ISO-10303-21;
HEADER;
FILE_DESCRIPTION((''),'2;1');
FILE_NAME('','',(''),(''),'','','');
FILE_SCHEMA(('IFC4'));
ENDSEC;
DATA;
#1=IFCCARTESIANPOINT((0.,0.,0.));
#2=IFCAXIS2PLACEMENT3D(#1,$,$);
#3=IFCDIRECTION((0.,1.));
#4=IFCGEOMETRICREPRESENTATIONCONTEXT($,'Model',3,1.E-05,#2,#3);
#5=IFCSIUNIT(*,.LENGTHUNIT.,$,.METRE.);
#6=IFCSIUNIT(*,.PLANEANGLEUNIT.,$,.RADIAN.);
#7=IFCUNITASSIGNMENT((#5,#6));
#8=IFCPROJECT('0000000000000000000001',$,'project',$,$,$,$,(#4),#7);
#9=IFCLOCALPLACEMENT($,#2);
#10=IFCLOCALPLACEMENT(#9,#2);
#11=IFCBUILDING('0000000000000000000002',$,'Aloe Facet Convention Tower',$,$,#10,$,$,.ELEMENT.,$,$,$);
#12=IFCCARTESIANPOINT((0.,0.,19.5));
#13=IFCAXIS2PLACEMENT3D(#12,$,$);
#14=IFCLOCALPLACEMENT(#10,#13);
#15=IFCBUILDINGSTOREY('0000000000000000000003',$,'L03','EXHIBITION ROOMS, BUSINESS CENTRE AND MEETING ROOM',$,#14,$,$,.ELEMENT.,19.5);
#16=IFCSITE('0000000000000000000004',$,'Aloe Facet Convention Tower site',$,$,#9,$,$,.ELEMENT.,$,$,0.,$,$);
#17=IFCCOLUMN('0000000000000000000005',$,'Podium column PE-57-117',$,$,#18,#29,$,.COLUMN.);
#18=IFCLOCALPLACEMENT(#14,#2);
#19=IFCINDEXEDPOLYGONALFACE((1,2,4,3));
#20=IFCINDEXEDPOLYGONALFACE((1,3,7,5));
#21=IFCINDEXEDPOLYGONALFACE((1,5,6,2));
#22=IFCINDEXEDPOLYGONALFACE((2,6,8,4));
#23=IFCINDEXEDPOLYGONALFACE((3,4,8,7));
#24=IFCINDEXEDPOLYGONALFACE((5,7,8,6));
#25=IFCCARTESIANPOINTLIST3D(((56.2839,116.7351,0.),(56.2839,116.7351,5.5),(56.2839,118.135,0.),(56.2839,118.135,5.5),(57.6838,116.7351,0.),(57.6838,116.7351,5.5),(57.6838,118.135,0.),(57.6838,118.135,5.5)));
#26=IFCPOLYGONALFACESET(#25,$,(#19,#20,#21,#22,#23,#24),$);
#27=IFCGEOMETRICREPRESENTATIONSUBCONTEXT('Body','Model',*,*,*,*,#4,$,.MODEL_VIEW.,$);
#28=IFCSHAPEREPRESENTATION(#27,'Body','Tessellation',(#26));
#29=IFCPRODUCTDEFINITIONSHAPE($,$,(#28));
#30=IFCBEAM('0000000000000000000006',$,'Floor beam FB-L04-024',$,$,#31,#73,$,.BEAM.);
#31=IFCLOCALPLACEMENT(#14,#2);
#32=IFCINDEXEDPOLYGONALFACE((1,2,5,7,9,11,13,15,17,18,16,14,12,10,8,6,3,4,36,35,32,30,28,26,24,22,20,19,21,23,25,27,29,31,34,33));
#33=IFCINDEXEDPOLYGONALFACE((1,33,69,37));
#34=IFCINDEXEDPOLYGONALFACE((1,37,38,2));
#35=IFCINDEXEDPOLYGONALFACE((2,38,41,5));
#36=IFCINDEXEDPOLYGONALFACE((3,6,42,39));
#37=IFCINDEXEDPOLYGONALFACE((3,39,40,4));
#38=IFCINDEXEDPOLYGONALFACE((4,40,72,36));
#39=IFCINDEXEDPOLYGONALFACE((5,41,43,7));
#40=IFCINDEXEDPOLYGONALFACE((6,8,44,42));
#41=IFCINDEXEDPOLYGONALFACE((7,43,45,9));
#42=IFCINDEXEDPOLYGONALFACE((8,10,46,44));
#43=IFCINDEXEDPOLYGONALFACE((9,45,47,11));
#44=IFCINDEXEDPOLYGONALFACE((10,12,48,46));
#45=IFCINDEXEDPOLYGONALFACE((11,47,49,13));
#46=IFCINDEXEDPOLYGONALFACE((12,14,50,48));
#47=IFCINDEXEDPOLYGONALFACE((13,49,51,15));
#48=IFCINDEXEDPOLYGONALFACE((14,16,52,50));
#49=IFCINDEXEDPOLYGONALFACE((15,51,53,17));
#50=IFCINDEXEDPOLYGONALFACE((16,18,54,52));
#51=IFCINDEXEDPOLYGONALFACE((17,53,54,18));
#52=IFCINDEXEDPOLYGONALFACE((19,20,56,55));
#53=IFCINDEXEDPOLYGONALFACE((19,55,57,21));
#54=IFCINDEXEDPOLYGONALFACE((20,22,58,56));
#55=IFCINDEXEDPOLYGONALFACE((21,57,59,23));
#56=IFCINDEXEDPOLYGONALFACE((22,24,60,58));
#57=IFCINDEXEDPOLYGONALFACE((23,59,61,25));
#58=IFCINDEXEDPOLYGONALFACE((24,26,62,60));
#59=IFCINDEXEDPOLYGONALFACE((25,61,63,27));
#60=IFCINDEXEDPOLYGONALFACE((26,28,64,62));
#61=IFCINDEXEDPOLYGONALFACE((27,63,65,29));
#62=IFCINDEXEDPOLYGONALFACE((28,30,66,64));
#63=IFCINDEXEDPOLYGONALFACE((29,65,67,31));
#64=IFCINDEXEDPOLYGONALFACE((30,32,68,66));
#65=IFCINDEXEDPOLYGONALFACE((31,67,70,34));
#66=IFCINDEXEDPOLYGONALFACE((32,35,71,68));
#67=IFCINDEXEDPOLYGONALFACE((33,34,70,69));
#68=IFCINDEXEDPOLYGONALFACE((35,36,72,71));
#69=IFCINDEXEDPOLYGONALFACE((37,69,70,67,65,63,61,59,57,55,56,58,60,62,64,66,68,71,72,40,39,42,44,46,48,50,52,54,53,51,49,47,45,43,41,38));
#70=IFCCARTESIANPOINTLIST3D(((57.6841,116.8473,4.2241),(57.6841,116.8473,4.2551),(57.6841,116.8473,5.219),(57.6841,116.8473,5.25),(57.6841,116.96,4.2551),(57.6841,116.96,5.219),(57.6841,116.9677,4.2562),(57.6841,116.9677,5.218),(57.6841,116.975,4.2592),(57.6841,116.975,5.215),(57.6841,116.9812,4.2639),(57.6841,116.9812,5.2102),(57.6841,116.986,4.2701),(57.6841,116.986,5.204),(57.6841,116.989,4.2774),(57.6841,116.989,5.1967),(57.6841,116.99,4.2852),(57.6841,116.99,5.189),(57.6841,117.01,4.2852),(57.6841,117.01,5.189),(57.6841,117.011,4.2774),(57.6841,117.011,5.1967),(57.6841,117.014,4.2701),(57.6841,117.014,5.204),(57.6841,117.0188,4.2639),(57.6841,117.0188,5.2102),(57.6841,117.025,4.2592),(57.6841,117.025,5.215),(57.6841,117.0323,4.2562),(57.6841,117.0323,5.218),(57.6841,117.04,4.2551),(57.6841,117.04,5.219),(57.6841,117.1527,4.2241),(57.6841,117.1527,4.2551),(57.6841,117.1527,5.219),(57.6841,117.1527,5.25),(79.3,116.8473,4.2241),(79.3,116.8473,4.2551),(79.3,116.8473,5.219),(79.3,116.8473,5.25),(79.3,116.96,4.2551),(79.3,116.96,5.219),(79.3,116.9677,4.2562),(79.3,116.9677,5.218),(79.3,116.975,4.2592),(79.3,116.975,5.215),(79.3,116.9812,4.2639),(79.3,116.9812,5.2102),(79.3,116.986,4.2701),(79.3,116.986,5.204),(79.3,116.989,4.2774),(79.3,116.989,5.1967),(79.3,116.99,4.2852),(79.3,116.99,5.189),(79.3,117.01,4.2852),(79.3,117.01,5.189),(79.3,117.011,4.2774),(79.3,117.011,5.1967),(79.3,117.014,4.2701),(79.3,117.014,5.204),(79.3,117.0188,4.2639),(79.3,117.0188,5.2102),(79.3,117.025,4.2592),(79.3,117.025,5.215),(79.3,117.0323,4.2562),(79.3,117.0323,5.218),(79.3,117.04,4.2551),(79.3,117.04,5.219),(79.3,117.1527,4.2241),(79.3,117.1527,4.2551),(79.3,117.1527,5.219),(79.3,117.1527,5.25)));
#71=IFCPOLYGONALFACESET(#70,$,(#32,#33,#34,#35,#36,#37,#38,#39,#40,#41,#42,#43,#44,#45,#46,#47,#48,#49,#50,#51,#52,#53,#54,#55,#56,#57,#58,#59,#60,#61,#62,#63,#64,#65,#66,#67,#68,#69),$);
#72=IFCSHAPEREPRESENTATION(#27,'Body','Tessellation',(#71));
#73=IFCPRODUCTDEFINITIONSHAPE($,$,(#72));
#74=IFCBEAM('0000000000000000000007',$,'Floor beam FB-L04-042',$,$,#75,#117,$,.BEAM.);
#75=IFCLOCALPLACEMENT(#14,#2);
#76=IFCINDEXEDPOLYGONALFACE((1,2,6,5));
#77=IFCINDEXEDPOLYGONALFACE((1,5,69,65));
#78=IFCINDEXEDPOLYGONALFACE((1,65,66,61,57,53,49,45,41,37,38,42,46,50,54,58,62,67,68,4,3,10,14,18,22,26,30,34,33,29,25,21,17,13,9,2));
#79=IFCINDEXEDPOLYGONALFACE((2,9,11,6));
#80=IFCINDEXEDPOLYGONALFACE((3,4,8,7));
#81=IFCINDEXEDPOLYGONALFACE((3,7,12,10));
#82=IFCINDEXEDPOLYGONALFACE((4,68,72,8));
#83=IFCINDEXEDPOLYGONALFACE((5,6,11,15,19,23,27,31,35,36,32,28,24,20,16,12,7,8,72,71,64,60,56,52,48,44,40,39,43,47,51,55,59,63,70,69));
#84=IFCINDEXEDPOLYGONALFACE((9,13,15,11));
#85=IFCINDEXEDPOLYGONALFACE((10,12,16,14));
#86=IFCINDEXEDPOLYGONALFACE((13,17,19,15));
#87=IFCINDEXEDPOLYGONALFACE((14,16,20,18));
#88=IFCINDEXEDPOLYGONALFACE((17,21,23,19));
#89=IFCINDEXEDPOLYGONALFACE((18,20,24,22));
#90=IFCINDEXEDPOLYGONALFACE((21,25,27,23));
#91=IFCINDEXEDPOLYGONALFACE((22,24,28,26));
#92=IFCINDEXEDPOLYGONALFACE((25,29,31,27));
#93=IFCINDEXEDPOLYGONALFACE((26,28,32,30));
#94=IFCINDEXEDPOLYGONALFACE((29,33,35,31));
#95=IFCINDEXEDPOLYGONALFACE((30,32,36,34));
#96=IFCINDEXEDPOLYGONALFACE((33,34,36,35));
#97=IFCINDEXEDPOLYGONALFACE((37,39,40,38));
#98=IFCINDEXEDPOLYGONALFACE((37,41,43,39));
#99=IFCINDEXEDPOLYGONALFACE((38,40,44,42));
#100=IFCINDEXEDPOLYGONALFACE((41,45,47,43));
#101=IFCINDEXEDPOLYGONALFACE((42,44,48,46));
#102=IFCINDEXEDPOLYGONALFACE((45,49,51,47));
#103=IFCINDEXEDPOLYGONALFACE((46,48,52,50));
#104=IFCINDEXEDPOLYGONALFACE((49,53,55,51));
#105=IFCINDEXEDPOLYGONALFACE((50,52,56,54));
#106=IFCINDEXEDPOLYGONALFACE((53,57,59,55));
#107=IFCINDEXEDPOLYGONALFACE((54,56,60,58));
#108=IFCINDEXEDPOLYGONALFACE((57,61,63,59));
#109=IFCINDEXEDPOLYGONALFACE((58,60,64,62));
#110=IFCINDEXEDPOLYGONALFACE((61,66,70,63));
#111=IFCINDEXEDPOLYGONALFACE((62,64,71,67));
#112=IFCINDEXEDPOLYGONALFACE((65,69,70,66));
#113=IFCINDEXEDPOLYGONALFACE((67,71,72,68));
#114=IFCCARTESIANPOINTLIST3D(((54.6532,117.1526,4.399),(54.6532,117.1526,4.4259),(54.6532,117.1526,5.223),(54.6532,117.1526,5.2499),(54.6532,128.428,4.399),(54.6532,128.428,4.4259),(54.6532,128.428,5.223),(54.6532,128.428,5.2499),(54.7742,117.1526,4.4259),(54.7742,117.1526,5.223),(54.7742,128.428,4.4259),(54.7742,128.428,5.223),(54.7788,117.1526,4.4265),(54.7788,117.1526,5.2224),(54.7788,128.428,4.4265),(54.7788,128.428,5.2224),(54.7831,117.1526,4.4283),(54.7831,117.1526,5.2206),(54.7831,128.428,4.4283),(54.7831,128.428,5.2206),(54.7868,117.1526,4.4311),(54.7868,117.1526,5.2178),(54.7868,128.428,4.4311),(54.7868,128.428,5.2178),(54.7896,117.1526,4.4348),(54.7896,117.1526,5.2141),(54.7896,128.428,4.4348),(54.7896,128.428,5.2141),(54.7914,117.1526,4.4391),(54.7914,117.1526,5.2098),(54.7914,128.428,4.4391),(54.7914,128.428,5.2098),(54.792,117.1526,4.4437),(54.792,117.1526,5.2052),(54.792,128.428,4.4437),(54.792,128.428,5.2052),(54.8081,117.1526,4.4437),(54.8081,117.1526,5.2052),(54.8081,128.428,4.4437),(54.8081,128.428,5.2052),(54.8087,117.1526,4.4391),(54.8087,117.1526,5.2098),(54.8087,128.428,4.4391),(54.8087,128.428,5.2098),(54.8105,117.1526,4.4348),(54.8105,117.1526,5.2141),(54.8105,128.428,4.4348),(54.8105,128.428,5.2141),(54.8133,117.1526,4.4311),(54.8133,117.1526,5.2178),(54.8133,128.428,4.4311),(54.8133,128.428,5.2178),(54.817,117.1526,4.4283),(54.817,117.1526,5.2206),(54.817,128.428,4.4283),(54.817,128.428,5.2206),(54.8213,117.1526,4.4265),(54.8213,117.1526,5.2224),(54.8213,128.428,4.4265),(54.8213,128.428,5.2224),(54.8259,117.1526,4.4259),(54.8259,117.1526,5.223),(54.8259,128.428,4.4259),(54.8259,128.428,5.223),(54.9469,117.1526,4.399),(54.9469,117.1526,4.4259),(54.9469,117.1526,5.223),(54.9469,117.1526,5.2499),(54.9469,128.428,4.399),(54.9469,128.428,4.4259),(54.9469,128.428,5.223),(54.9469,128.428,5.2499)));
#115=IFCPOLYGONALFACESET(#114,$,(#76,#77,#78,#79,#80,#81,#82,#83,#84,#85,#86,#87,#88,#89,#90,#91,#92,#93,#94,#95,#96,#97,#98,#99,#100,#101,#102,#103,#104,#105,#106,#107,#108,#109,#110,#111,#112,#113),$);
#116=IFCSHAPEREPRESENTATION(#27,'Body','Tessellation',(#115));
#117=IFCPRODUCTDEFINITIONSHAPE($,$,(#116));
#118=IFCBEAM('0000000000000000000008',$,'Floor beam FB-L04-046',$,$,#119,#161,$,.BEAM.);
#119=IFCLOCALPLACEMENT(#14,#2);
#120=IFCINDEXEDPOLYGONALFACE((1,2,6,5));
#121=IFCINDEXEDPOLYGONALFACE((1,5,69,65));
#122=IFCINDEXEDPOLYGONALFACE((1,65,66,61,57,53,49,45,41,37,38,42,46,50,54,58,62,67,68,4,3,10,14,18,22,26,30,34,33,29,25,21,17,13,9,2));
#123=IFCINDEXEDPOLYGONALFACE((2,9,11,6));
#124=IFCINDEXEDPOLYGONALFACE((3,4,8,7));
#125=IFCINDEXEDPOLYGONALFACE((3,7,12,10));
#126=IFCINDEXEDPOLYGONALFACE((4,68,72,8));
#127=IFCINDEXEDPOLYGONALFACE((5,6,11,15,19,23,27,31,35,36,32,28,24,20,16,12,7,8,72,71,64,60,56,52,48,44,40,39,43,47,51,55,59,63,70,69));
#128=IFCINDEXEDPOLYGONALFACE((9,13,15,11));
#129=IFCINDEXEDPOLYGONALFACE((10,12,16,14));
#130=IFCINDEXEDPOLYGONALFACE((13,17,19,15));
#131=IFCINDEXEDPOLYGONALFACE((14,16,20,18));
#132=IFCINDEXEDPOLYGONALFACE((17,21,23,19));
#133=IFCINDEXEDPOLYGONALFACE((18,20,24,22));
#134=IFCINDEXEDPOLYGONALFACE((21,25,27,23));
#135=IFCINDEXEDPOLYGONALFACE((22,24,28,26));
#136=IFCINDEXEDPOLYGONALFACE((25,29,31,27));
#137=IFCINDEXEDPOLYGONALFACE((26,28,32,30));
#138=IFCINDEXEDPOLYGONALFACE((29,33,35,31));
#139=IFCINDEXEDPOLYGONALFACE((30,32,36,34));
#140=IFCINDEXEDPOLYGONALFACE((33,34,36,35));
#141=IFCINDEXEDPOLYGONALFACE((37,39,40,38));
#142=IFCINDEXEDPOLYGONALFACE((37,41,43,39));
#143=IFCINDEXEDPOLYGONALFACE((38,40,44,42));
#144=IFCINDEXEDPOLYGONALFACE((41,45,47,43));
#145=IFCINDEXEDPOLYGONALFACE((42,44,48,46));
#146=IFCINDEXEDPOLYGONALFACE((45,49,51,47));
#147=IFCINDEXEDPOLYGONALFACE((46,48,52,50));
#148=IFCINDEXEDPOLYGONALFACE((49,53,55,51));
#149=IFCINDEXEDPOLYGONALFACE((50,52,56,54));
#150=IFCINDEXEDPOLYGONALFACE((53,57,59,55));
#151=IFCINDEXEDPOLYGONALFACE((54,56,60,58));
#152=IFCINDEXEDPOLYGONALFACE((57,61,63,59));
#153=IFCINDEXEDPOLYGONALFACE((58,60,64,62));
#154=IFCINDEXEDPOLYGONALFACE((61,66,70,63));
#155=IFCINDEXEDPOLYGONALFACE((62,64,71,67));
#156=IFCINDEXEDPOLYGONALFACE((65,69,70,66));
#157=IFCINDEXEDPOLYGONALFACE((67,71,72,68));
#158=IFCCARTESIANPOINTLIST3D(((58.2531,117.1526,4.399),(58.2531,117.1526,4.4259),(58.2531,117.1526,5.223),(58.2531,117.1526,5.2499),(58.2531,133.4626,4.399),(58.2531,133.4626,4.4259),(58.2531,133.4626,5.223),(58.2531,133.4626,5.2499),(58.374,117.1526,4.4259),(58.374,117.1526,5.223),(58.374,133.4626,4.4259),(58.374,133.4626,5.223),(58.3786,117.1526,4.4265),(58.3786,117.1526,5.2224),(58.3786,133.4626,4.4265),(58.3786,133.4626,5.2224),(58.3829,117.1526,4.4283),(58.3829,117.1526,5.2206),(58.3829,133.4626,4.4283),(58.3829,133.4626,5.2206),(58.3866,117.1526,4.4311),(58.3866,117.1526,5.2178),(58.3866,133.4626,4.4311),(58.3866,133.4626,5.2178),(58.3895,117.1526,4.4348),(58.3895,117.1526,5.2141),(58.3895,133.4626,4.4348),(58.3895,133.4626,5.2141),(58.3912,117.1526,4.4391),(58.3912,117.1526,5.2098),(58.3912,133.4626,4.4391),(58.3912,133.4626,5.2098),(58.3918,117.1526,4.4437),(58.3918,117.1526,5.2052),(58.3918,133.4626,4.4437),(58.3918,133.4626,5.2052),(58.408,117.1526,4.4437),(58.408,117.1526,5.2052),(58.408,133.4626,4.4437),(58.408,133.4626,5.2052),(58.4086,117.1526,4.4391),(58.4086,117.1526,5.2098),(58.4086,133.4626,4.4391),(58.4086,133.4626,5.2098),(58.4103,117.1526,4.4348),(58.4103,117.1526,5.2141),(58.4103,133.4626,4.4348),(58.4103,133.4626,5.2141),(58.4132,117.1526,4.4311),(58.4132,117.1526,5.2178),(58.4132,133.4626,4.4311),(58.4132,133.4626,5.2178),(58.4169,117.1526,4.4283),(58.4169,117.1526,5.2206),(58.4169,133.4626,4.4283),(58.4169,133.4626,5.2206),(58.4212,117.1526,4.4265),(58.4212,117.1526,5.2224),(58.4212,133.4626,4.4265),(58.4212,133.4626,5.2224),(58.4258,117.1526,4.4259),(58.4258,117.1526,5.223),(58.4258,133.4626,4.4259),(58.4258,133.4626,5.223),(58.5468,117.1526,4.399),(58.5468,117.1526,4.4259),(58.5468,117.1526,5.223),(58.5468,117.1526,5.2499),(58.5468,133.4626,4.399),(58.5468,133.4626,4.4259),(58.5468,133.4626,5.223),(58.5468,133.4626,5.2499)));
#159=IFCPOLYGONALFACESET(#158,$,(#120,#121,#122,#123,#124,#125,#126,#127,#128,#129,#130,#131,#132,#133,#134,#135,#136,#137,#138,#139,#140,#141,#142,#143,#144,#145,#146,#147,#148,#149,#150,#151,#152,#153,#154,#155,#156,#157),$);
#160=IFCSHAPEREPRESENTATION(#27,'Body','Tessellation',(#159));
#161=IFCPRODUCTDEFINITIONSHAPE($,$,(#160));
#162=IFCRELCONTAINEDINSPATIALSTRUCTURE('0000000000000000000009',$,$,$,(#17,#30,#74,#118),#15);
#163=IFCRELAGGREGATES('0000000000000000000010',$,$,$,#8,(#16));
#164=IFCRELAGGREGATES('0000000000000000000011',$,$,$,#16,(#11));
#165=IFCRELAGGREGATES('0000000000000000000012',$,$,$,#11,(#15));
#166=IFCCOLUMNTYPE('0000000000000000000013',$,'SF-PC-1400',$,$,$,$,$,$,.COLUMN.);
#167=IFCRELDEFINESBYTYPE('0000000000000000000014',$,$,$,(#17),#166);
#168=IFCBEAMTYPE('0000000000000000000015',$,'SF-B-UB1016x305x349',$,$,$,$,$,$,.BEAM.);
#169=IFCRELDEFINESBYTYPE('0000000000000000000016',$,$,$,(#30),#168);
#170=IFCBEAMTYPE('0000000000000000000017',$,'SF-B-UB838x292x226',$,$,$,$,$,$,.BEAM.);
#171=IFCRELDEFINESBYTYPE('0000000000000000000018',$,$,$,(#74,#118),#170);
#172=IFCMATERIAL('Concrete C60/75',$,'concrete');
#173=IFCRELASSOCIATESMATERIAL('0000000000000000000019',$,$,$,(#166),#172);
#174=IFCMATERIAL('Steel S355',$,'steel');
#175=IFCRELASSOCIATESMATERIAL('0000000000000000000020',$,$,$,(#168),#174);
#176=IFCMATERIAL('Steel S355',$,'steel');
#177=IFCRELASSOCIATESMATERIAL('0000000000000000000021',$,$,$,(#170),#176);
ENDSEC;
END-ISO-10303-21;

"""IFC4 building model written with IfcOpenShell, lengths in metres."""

from ifc_helpers import new_model, si_unit, direction, frame, origin, origin_2d, place, context, subcontext, project, spatial, rectangle, i_section, extrude, material, material_profile, profile_set, type_object, element, save


model = new_model("IFC4")

# Units and contexts
model_context = context("Model", 3, precision=1e-05, world=origin(), true_north=direction((0.0, 1.0)))
body_context = subcontext(model_context, "Body", "Model", "MODEL_VIEW")
ifc_project = project(units=[si_unit("LENGTHUNIT", "METRE"), si_unit("PLANEANGLEUNIT", "RADIAN")], contexts=[model_context])

# Site, building, storey
site_placement = place(None, origin())
site = spatial("IfcSite", under=ifc_project, at=site_placement, Name="Aloe Facet Convention Tower site", CompositionType="ELEMENT", RefElevation=0.0)
building_placement = place(site_placement, origin())
building = spatial("IfcBuilding", under=site, at=building_placement, Name="Aloe Facet Convention Tower", CompositionType="ELEMENT")
storey_placement = place(building_placement, frame((0.0, 0.0, 19.5)))
storey = spatial("IfcBuildingStorey", under=building, at=storey_placement, Name="L03", Description="EXHIBITION ROOMS, BUSINESS CENTRE AND MEETING ROOM", CompositionType="ELEMENT", Elevation=19.5)

# Column
ifc_material_1 = material(Name="Concrete C60/75", Category="concrete")
ifc_material_profile_1 = material_profile(ifc_material_1, rectangle(XDim=1.3999, YDim=1.3999, at=origin_2d()), Name="SF-PC-1400")
ifc_profile_set_1 = profile_set([ifc_material_profile_1], Name="Concrete C60/75")
column_type = type_object("IfcColumnType", Name="SF-PC-1400", PredefinedType="COLUMN", material=ifc_profile_set_1)
column_placement = place(storey_placement, frame((56.9839, 117.4351, 0.0), z_axis=(0.0, 0.0, 1.0), x_axis=(1.0, 0.0, 0.0)))
element("IfcColumn", 1, at=column_placement, inside=storey, type_object=column_type, Name="Podium column PE-57-117", PredefinedType="COLUMN", context=body_context, shape_type="SweptSolid", body=[
    extrude(rectangle(XDim=1.3999, YDim=1.3999, at=origin_2d()), origin(), (0.0, 0.0, 1.0), 5.5),
])

# Beams
ifc_material_2 = material(Name="Steel S355", Category="steel")
ifc_material_profile_2 = material_profile(ifc_material_2, i_section(OverallWidth=0.3054, OverallDepth=1.0259, WebThickness=0.02, FlangeThickness=0.031, FilletRadius=0.03, at=origin_2d()), Name="UB 1016x305x349")
ifc_profile_set_2 = profile_set([ifc_material_profile_2], Name="Steel S355")
beam_type_1 = type_object("IfcBeamType", Name="SF-B-UB1016x305x349", PredefinedType="BEAM", material=ifc_profile_set_2)
beam_1_placement = place(storey_placement, frame((57.6841, 117.0, 4.7371), z_axis=(1.0, 0.0, 0.0), x_axis=(0.0, 1.0, 0.0)))
element("IfcBeam", 2, at=beam_1_placement, inside=storey, type_object=beam_type_1, Name="Floor beam FB-L04-024", PredefinedType="BEAM", context=body_context, shape_type="SweptSolid", body=[
    extrude(i_section(OverallWidth=0.3054, OverallDepth=1.0259, WebThickness=0.02, FlangeThickness=0.031, FilletRadius=0.03, at=origin_2d()), origin(), (0.0, 0.0, 1.0), 21.616),
])
ifc_material_3 = material(Name="Steel S355", Category="steel")
ifc_material_profile_3 = material_profile(ifc_material_3, i_section(OverallWidth=0.2937, OverallDepth=0.8508, WebThickness=0.0161, FlangeThickness=0.0269, FilletRadius=0.0178, at=origin_2d()), Name="UB 838x292x226")
ifc_profile_set_3 = profile_set([ifc_material_profile_3], Name="Steel S355")
beam_type_2 = type_object("IfcBeamType", Name="SF-B-UB838x292x226", PredefinedType="BEAM", material=ifc_profile_set_3)
beam_2_placement = place(storey_placement, frame((54.8, 117.1526, 4.8245), z_axis=(0.0, 1.0, 0.0), x_axis=(-1.0, 0.0, 0.0)))
element("IfcBeam", 3, at=beam_2_placement, inside=storey, type_object=beam_type_2, Name="Floor beam FB-L04-042", PredefinedType="BEAM", context=body_context, shape_type="SweptSolid", body=[
    extrude(i_section(OverallWidth=0.2937, OverallDepth=0.8508, WebThickness=0.0161, FlangeThickness=0.0269, FilletRadius=0.0178, at=origin_2d()), origin(), (0.0, 0.0, 1.0), 11.2754),
])
for number, where, z_axis, x_axis, name in (
    (4, (58.3999, 117.1526, 4.8245), (0.0, 1.0, 0.0), (-1.0, 0.0, 0.0), "Floor beam FB-L04-046"),
):
    element("IfcBeam", number, at=place(storey_placement, frame(where, z_axis=z_axis, x_axis=x_axis)), inside=storey, type_object=beam_type_2, Name=name, PredefinedType="BEAM", context=body_context, shape_type="SweptSolid", body=[
        extrude(i_section(OverallWidth=0.2937, OverallDepth=0.8508, WebThickness=0.0161, FlangeThickness=0.0269, FilletRadius=0.0178, at=origin_2d()), origin(), (0.0, 0.0, 1.0), 16.3101),
    ])

save(model, "model.ifc")
